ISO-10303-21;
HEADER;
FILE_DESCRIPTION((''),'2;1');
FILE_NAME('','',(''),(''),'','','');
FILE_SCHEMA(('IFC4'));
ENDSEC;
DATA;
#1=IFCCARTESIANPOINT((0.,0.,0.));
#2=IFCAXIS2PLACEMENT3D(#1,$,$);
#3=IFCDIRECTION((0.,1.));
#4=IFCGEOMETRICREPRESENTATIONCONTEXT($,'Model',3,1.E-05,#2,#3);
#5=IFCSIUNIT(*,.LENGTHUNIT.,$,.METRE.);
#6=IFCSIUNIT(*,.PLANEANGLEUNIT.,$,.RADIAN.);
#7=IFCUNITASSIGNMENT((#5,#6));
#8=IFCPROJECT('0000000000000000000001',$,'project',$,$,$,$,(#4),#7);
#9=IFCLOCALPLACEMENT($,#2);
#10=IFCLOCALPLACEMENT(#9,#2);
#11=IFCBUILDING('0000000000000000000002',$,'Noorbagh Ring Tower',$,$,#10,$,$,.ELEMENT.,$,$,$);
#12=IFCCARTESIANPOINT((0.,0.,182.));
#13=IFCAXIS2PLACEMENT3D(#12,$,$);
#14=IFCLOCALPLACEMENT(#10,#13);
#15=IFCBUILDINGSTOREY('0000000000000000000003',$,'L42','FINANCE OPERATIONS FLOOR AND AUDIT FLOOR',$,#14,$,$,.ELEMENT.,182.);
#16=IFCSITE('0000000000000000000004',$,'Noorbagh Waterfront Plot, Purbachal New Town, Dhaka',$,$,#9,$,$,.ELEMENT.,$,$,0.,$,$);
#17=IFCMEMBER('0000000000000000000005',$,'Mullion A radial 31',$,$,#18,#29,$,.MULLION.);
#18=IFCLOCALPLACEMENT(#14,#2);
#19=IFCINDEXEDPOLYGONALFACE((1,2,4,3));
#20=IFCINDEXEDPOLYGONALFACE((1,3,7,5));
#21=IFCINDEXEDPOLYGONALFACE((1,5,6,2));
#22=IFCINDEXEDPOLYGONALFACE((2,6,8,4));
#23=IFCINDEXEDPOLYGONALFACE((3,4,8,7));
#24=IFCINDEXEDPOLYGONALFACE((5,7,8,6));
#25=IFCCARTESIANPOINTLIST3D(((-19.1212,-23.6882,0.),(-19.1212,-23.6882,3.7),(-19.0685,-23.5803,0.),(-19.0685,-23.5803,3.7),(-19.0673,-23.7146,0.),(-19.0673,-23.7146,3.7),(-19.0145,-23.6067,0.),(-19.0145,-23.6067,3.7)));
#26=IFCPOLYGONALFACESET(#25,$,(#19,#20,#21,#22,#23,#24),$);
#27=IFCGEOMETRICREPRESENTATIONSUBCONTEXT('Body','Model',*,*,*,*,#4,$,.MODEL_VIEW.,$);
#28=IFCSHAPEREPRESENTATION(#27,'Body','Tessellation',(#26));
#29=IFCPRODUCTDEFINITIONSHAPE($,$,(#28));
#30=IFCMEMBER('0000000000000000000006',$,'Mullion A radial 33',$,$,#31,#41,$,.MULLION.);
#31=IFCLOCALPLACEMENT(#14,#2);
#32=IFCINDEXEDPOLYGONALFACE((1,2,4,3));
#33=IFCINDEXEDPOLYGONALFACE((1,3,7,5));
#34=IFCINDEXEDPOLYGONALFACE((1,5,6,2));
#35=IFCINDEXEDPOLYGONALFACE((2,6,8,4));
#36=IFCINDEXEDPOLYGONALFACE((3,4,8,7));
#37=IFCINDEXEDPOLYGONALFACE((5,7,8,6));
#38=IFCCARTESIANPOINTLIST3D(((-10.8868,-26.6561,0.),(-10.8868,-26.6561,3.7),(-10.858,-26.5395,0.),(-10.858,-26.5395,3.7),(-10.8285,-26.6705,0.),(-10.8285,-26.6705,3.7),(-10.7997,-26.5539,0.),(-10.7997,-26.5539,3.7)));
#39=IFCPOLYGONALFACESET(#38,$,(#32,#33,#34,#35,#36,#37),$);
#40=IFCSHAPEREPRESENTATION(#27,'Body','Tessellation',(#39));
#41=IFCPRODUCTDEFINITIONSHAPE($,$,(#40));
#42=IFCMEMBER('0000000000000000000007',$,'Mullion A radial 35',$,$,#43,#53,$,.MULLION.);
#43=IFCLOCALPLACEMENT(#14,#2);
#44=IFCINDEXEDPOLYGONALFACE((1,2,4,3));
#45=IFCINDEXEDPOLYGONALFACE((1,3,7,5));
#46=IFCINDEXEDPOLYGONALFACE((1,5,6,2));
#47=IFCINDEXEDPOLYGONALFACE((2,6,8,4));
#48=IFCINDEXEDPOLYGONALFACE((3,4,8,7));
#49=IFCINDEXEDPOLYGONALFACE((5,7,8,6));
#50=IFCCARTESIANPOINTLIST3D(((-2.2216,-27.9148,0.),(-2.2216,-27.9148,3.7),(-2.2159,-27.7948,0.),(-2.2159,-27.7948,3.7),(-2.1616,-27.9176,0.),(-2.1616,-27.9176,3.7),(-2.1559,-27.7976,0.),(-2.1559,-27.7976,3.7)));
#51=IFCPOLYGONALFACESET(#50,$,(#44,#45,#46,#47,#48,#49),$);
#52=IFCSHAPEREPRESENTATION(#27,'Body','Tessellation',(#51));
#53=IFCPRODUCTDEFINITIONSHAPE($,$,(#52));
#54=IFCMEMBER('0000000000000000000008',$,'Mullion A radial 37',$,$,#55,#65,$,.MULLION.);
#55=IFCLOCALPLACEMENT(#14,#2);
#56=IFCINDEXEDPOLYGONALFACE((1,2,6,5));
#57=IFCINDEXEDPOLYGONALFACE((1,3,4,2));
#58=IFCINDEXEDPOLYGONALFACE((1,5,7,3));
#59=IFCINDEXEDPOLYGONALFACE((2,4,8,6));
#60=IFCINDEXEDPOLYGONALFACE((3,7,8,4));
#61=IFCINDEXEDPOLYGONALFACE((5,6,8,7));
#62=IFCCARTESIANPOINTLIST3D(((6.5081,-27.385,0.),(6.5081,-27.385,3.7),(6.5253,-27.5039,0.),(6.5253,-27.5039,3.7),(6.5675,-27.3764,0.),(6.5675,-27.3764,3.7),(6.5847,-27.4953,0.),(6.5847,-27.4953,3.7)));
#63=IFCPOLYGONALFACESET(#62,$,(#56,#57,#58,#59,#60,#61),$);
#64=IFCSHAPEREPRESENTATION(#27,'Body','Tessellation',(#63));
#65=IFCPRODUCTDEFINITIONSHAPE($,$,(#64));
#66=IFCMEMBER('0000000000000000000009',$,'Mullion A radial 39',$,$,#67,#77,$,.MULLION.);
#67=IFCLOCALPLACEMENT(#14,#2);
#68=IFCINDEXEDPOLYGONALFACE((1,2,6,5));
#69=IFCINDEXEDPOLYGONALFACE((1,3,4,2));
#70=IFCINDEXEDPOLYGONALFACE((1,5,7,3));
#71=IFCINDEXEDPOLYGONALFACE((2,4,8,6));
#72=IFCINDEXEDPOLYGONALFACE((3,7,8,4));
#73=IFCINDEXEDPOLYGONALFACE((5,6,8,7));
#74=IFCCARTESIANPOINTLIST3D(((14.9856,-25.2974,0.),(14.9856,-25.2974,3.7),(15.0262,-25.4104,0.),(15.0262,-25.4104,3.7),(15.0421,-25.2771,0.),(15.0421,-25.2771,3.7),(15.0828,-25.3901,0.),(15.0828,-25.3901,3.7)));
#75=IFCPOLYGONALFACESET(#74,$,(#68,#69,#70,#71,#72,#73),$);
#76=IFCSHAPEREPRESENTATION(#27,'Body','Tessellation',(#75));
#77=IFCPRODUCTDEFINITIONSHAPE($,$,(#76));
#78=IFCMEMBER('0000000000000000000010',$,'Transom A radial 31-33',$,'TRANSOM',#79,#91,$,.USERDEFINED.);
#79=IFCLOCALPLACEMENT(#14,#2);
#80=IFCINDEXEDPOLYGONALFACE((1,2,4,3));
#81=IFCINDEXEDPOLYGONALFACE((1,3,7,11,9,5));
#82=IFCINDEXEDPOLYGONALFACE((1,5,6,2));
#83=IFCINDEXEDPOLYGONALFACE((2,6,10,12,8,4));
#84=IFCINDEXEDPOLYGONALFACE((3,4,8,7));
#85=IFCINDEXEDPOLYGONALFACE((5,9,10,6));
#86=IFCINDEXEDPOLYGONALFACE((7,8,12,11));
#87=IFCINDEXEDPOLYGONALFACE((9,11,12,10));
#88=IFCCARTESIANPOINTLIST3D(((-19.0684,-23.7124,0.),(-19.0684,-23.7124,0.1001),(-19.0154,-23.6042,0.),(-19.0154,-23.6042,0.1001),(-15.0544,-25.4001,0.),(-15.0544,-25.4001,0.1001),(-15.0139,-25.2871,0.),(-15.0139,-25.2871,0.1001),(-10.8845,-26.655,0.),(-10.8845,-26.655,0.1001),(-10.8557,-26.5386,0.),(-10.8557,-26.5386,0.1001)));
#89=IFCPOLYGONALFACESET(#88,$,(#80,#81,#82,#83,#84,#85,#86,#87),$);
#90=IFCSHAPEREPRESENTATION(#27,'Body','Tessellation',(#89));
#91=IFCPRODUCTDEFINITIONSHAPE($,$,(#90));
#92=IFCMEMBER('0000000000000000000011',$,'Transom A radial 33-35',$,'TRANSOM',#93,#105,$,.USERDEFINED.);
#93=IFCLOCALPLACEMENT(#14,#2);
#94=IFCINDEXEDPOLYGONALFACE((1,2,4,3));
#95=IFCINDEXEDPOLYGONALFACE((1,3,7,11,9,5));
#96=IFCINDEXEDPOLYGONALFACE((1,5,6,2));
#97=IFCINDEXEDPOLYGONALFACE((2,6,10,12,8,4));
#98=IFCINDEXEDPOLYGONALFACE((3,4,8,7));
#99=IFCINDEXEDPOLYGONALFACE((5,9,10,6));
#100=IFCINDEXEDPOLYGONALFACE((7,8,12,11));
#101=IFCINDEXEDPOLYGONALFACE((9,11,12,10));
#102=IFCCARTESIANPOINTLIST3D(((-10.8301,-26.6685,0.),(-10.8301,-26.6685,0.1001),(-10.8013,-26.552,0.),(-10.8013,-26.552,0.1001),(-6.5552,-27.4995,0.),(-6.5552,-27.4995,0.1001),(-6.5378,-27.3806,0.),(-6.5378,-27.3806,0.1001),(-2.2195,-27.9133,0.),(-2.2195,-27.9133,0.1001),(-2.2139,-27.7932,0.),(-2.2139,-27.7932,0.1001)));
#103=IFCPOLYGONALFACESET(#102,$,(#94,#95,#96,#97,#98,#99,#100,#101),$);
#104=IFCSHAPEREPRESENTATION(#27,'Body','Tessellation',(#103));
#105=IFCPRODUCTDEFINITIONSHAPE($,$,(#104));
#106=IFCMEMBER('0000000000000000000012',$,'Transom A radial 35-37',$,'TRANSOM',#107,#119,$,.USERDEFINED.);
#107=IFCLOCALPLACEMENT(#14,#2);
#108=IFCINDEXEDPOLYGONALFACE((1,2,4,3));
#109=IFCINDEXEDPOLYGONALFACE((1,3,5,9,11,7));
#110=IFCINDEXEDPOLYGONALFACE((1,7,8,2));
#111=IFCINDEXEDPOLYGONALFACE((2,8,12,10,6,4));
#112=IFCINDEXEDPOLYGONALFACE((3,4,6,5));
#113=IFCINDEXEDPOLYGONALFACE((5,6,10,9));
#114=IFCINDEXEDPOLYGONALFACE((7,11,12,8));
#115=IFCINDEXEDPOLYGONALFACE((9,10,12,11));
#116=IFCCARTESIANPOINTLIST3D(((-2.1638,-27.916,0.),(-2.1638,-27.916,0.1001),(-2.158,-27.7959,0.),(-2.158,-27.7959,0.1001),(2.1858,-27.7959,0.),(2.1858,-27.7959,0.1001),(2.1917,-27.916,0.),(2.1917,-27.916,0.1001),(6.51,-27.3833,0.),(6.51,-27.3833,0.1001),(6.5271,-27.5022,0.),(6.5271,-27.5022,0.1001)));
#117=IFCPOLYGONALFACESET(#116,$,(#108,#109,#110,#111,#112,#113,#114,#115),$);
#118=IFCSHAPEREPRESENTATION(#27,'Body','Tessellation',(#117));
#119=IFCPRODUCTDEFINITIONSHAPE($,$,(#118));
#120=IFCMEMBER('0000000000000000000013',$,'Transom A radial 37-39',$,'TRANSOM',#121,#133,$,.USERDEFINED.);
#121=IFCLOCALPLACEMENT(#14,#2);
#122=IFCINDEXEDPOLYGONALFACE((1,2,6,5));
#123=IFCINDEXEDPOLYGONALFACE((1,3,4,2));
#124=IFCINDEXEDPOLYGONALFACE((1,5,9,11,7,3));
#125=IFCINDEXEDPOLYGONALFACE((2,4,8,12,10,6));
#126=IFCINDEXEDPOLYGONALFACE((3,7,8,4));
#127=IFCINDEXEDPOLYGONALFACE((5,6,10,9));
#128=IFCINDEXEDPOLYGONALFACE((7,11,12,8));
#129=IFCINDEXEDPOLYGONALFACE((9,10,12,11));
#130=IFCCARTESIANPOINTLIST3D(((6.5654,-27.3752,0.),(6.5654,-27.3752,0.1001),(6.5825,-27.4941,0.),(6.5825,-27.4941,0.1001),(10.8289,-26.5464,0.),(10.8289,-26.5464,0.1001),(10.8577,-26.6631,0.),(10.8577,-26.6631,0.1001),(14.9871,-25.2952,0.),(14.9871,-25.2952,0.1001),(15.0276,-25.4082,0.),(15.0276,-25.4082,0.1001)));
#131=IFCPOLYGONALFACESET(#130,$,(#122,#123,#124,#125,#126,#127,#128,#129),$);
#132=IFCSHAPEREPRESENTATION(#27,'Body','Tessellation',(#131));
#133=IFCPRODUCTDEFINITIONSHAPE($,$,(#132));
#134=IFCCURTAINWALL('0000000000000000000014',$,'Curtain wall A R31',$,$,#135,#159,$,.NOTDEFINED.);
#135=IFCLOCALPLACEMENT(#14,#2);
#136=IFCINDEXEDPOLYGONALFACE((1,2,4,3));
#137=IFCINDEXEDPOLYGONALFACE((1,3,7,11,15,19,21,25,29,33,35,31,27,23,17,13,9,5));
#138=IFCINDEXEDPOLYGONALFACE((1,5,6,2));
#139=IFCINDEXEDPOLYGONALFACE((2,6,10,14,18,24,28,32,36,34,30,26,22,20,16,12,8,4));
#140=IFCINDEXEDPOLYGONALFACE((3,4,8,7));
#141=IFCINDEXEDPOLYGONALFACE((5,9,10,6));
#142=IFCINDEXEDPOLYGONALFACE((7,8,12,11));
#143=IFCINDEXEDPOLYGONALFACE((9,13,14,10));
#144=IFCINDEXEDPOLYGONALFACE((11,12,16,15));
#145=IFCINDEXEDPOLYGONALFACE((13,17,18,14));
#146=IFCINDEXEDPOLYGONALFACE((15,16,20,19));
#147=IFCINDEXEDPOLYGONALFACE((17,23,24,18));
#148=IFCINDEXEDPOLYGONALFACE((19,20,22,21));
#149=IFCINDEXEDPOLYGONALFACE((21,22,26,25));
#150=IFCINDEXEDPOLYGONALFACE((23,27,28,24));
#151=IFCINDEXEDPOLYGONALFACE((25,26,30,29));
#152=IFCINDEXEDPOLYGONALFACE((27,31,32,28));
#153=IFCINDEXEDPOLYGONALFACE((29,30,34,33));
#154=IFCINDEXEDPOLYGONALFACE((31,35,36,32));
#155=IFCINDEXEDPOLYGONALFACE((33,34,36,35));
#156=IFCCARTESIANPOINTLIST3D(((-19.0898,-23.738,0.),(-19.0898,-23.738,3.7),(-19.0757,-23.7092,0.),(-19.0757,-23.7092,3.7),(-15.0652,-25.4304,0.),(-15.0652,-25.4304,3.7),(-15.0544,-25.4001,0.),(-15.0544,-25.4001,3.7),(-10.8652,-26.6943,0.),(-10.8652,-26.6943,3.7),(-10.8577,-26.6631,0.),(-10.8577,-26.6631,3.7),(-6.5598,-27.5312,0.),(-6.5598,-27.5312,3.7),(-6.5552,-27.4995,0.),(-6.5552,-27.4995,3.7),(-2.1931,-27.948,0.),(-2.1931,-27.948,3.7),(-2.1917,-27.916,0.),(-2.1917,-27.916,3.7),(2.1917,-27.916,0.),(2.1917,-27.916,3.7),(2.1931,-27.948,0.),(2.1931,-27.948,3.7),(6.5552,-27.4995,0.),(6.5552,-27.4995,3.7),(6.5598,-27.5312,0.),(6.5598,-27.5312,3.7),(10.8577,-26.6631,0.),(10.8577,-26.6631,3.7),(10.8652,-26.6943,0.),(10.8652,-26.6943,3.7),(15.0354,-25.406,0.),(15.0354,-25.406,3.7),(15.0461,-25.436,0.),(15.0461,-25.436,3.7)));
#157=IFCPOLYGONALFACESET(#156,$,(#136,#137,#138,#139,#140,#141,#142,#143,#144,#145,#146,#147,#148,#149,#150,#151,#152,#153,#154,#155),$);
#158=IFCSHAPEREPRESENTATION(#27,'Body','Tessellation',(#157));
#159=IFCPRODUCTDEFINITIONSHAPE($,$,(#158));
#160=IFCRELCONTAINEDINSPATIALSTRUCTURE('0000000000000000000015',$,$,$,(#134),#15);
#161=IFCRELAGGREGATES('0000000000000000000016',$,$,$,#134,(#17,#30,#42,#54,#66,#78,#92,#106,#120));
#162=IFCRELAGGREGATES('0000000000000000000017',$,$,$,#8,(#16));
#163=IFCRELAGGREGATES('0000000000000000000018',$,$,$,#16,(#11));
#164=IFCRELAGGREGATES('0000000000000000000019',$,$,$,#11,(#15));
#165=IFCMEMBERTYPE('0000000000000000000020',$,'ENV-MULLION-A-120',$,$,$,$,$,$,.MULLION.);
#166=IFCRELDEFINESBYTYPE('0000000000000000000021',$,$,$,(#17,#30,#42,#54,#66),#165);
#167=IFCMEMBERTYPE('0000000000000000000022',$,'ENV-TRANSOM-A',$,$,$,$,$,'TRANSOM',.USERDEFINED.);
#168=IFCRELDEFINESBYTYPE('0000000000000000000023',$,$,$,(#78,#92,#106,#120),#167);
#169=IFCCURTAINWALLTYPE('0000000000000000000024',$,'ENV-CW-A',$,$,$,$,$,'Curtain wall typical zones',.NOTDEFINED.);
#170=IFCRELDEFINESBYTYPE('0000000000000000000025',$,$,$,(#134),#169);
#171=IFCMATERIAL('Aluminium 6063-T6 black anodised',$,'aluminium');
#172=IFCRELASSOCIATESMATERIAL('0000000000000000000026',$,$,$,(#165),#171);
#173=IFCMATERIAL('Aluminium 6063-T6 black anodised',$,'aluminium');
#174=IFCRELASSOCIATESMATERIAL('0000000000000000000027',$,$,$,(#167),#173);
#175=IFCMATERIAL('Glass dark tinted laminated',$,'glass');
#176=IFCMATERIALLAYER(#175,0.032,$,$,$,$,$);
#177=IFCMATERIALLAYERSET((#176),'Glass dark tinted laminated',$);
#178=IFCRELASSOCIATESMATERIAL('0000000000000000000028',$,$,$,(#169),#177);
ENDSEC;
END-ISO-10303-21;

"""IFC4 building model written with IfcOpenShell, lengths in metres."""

from ifc_helpers import new_model, si_unit, direction, frame, origin, origin_2d, place, context, subcontext, project, spatial, polyline, rectangle, outline, extrude, material, layer, layer_set, material_profile, profile_set, type_object, element, aggregate, save


model = new_model("IFC4")

# Units and contexts
model_context = context("Model", 3, precision=1e-05, world=origin(), true_north=direction((0.0, 1.0)))
body_context = subcontext(model_context, "Body", "Model", "MODEL_VIEW")
ifc_project = project(units=[si_unit("LENGTHUNIT", "METRE"), si_unit("PLANEANGLEUNIT", "RADIAN")], contexts=[model_context])

# Members
ifc_material_1 = material(Name="Aluminium 6063-T6 black anodised", Category="aluminium")
ifc_material_profile = material_profile(ifc_material_1, rectangle(XDim=0.1201, YDim=0.0601, at=origin_2d()), Name="120x60")
ifc_profile_set = profile_set([ifc_material_profile], Name="Aluminium 6063-T6 black anodised")
member_type_1 = type_object("IfcMemberType", Name="ENV-MULLION-A-120", PredefinedType="MULLION", material=ifc_profile_set)
site_placement = place(None, origin())
building_placement = place(site_placement, origin())
storey_placement = place(building_placement, frame((0.0, 0.0, 182.0)))
member_1_placement = place(storey_placement, frame((-19.0679, -23.6475, 0.0), z_axis=(0.0, 0.0, 1.0), x_axis=(0.439238, 0.898371, 0.0)))
member_1 = element("IfcMember", 1, at=member_1_placement, type_object=member_type_1, Name="Mullion A radial 31", PredefinedType="MULLION", context=body_context, shape_type="SweptSolid", body=[
    extrude(rectangle(XDim=0.1201, YDim=0.0601, at=origin_2d()), origin(), (0.0, 0.0, 1.0), 3.7),
])
member_2_placement = place(storey_placement, frame((-10.8433, -26.605, 0.0), z_axis=(0.0, 0.0, 1.0), x_axis=(0.239799, 0.970823, 0.0)))
member_2 = element("IfcMember", 2, at=member_2_placement, type_object=member_type_1, Name="Mullion A radial 33", PredefinedType="MULLION", context=body_context, shape_type="SweptSolid", body=[
    extrude(rectangle(XDim=0.1201, YDim=0.0601, at=origin_2d()), origin(), (0.0, 0.0, 1.0), 3.7),
])
member_3_placement = place(storey_placement, frame((-2.1887, -27.8562, 0.0), z_axis=(0.0, 0.0, 1.0), x_axis=(0.047558, 0.998868, 0.0)))
member_3 = element("IfcMember", 3, at=member_3_placement, type_object=member_type_1, Name="Mullion A radial 35", PredefinedType="MULLION", context=body_context, shape_type="SweptSolid", body=[
    extrude(rectangle(XDim=0.1201, YDim=0.0601, at=origin_2d()), origin(), (0.0, 0.0, 1.0), 3.7),
])
member_4_placement = place(storey_placement, frame((6.5464, -27.4402, 0.0), z_axis=(0.0, 0.0, 1.0), x_axis=(-0.143082, 0.989711, 0.0)))
member_4 = element("IfcMember", 4, at=member_4_placement, type_object=member_type_1, Name="Mullion A radial 37", PredefinedType="MULLION", context=body_context, shape_type="SweptSolid", body=[
    extrude(rectangle(XDim=0.1201, YDim=0.0601, at=origin_2d()), origin(), (0.0, 0.0, 1.0), 3.7),
])
member_5_placement = place(storey_placement, frame((15.0342, -25.3438, 0.0), z_axis=(0.0, 0.0, 1.0), x_axis=(-0.338379, 0.94101, 0.0)))
member_5 = element("IfcMember", 5, at=member_5_placement, type_object=member_type_1, Name="Mullion A radial 39", PredefinedType="MULLION", context=body_context, shape_type="SweptSolid", body=[
    extrude(rectangle(XDim=0.1201, YDim=0.0601, at=origin_2d()), origin(), (0.0, 0.0, 1.0), 3.7),
])
ifc_material_2 = material(Name="Aluminium 6063-T6 black anodised", Category="aluminium")
member_type_2 = type_object("IfcMemberType", Name="ENV-TRANSOM-A", ElementType="TRANSOM", PredefinedType="USERDEFINED", material=ifc_material_2)
member_6_placement = place(storey_placement, origin())
member_6 = element("IfcMember", 6, at=member_6_placement, type_object=member_type_2, Name="Transom A radial 31-33", ObjectType="TRANSOM", PredefinedType="USERDEFINED", context=body_context, shape_type="SweptSolid", body=[
    extrude(outline(polyline([(-19.0684, -23.7124), (-15.0544, -25.4001), (-10.8845, -26.655), (-10.8557, -26.5386), (-15.0139, -25.2871), (-19.0154, -23.6042), (-19.0684, -23.7124)])), origin(), (0.0, 0.0, 1.0), 0.1001),
])
member_7_placement = place(storey_placement, origin())
member_7 = element("IfcMember", 7, at=member_7_placement, type_object=member_type_2, Name="Transom A radial 33-35", ObjectType="TRANSOM", PredefinedType="USERDEFINED", context=body_context, shape_type="SweptSolid", body=[
    extrude(outline(polyline([(-10.8301, -26.6685), (-6.5552, -27.4995), (-2.2195, -27.9133), (-2.2139, -27.7932), (-6.5378, -27.3806), (-10.8013, -26.552), (-10.8301, -26.6685)])), origin(), (0.0, 0.0, 1.0), 0.1001),
])
member_8_placement = place(storey_placement, origin())
member_8 = element("IfcMember", 8, at=member_8_placement, type_object=member_type_2, Name="Transom A radial 35-37", ObjectType="TRANSOM", PredefinedType="USERDEFINED", context=body_context, shape_type="SweptSolid", body=[
    extrude(outline(polyline([(-2.1638, -27.916), (2.1917, -27.916), (6.5271, -27.5022), (6.51, -27.3833), (2.1858, -27.7959), (-2.158, -27.7959), (-2.1638, -27.916)])), origin(), (0.0, 0.0, 1.0), 0.1001),
])
member_9_placement = place(storey_placement, origin())
member_9 = element("IfcMember", 9, at=member_9_placement, type_object=member_type_2, Name="Transom A radial 37-39", ObjectType="TRANSOM", PredefinedType="USERDEFINED", context=body_context, shape_type="SweptSolid", body=[
    extrude(outline(polyline([(6.5825, -27.4941), (10.8577, -26.6631), (15.0276, -25.4082), (14.9871, -25.2952), (10.8289, -26.5464), (6.5654, -27.3752), (6.5825, -27.4941)])), origin(), (0.0, 0.0, 1.0), 0.1001),
])

# Site, building, storey
site = spatial("IfcSite", under=ifc_project, at=site_placement, Name="Noorbagh Waterfront Plot, Purbachal New Town, Dhaka", CompositionType="ELEMENT", RefElevation=0.0)
building = spatial("IfcBuilding", under=site, at=building_placement, Name="Noorbagh Ring Tower", CompositionType="ELEMENT")
storey = spatial("IfcBuildingStorey", under=building, at=storey_placement, Name="L42", Description="FINANCE OPERATIONS FLOOR AND AUDIT FLOOR", CompositionType="ELEMENT", Elevation=182.0)

# Curtain wall
ifc_material_3 = material(Name="Glass dark tinted laminated", Category="glass")
ifc_layer_1 = layer(ifc_material_3, 0.032)
ifc_layer_set_1 = layer_set([ifc_layer_1], Name="Glass dark tinted laminated")
curtain_wall_type = type_object("IfcCurtainWallType", Name="ENV-CW-A", ElementType="Curtain wall typical zones", PredefinedType="NOTDEFINED", material=ifc_layer_set_1)
curtain_wall_1_placement = place(storey_placement, origin())
curtain_wall_1 = element("IfcCurtainWall", 10, at=curtain_wall_1_placement, inside=storey, type_object=curtain_wall_type, Name="Curtain wall A R31", PredefinedType="NOTDEFINED", context=body_context, shape_type="SweptSolid", body=[
    extrude(outline(polyline([(-19.0898, -23.738), (-15.0652, -25.4304), (-10.8652, -26.6943), (-6.5598, -27.5312), (-2.1931, -27.948), (2.1931, -27.948), (6.5598, -27.5312), (10.8652, -26.6943), (15.0461, -25.436), (15.0354, -25.406), (10.8577, -26.6631), (6.5552, -27.4995), (2.1917, -27.916), (-2.1917, -27.916), (-6.5552, -27.4995), (-10.8577, -26.6631), (-15.0544, -25.4001), (-19.0757, -23.7092), (-19.0898, -23.738)])), origin(), (0.0, 0.0, 1.0), 3.7),
])
aggregate(curtain_wall_1, [member_1, member_2, member_3, member_4, member_5, member_6, member_7, member_8, member_9])

save(model, "model.ifc")
